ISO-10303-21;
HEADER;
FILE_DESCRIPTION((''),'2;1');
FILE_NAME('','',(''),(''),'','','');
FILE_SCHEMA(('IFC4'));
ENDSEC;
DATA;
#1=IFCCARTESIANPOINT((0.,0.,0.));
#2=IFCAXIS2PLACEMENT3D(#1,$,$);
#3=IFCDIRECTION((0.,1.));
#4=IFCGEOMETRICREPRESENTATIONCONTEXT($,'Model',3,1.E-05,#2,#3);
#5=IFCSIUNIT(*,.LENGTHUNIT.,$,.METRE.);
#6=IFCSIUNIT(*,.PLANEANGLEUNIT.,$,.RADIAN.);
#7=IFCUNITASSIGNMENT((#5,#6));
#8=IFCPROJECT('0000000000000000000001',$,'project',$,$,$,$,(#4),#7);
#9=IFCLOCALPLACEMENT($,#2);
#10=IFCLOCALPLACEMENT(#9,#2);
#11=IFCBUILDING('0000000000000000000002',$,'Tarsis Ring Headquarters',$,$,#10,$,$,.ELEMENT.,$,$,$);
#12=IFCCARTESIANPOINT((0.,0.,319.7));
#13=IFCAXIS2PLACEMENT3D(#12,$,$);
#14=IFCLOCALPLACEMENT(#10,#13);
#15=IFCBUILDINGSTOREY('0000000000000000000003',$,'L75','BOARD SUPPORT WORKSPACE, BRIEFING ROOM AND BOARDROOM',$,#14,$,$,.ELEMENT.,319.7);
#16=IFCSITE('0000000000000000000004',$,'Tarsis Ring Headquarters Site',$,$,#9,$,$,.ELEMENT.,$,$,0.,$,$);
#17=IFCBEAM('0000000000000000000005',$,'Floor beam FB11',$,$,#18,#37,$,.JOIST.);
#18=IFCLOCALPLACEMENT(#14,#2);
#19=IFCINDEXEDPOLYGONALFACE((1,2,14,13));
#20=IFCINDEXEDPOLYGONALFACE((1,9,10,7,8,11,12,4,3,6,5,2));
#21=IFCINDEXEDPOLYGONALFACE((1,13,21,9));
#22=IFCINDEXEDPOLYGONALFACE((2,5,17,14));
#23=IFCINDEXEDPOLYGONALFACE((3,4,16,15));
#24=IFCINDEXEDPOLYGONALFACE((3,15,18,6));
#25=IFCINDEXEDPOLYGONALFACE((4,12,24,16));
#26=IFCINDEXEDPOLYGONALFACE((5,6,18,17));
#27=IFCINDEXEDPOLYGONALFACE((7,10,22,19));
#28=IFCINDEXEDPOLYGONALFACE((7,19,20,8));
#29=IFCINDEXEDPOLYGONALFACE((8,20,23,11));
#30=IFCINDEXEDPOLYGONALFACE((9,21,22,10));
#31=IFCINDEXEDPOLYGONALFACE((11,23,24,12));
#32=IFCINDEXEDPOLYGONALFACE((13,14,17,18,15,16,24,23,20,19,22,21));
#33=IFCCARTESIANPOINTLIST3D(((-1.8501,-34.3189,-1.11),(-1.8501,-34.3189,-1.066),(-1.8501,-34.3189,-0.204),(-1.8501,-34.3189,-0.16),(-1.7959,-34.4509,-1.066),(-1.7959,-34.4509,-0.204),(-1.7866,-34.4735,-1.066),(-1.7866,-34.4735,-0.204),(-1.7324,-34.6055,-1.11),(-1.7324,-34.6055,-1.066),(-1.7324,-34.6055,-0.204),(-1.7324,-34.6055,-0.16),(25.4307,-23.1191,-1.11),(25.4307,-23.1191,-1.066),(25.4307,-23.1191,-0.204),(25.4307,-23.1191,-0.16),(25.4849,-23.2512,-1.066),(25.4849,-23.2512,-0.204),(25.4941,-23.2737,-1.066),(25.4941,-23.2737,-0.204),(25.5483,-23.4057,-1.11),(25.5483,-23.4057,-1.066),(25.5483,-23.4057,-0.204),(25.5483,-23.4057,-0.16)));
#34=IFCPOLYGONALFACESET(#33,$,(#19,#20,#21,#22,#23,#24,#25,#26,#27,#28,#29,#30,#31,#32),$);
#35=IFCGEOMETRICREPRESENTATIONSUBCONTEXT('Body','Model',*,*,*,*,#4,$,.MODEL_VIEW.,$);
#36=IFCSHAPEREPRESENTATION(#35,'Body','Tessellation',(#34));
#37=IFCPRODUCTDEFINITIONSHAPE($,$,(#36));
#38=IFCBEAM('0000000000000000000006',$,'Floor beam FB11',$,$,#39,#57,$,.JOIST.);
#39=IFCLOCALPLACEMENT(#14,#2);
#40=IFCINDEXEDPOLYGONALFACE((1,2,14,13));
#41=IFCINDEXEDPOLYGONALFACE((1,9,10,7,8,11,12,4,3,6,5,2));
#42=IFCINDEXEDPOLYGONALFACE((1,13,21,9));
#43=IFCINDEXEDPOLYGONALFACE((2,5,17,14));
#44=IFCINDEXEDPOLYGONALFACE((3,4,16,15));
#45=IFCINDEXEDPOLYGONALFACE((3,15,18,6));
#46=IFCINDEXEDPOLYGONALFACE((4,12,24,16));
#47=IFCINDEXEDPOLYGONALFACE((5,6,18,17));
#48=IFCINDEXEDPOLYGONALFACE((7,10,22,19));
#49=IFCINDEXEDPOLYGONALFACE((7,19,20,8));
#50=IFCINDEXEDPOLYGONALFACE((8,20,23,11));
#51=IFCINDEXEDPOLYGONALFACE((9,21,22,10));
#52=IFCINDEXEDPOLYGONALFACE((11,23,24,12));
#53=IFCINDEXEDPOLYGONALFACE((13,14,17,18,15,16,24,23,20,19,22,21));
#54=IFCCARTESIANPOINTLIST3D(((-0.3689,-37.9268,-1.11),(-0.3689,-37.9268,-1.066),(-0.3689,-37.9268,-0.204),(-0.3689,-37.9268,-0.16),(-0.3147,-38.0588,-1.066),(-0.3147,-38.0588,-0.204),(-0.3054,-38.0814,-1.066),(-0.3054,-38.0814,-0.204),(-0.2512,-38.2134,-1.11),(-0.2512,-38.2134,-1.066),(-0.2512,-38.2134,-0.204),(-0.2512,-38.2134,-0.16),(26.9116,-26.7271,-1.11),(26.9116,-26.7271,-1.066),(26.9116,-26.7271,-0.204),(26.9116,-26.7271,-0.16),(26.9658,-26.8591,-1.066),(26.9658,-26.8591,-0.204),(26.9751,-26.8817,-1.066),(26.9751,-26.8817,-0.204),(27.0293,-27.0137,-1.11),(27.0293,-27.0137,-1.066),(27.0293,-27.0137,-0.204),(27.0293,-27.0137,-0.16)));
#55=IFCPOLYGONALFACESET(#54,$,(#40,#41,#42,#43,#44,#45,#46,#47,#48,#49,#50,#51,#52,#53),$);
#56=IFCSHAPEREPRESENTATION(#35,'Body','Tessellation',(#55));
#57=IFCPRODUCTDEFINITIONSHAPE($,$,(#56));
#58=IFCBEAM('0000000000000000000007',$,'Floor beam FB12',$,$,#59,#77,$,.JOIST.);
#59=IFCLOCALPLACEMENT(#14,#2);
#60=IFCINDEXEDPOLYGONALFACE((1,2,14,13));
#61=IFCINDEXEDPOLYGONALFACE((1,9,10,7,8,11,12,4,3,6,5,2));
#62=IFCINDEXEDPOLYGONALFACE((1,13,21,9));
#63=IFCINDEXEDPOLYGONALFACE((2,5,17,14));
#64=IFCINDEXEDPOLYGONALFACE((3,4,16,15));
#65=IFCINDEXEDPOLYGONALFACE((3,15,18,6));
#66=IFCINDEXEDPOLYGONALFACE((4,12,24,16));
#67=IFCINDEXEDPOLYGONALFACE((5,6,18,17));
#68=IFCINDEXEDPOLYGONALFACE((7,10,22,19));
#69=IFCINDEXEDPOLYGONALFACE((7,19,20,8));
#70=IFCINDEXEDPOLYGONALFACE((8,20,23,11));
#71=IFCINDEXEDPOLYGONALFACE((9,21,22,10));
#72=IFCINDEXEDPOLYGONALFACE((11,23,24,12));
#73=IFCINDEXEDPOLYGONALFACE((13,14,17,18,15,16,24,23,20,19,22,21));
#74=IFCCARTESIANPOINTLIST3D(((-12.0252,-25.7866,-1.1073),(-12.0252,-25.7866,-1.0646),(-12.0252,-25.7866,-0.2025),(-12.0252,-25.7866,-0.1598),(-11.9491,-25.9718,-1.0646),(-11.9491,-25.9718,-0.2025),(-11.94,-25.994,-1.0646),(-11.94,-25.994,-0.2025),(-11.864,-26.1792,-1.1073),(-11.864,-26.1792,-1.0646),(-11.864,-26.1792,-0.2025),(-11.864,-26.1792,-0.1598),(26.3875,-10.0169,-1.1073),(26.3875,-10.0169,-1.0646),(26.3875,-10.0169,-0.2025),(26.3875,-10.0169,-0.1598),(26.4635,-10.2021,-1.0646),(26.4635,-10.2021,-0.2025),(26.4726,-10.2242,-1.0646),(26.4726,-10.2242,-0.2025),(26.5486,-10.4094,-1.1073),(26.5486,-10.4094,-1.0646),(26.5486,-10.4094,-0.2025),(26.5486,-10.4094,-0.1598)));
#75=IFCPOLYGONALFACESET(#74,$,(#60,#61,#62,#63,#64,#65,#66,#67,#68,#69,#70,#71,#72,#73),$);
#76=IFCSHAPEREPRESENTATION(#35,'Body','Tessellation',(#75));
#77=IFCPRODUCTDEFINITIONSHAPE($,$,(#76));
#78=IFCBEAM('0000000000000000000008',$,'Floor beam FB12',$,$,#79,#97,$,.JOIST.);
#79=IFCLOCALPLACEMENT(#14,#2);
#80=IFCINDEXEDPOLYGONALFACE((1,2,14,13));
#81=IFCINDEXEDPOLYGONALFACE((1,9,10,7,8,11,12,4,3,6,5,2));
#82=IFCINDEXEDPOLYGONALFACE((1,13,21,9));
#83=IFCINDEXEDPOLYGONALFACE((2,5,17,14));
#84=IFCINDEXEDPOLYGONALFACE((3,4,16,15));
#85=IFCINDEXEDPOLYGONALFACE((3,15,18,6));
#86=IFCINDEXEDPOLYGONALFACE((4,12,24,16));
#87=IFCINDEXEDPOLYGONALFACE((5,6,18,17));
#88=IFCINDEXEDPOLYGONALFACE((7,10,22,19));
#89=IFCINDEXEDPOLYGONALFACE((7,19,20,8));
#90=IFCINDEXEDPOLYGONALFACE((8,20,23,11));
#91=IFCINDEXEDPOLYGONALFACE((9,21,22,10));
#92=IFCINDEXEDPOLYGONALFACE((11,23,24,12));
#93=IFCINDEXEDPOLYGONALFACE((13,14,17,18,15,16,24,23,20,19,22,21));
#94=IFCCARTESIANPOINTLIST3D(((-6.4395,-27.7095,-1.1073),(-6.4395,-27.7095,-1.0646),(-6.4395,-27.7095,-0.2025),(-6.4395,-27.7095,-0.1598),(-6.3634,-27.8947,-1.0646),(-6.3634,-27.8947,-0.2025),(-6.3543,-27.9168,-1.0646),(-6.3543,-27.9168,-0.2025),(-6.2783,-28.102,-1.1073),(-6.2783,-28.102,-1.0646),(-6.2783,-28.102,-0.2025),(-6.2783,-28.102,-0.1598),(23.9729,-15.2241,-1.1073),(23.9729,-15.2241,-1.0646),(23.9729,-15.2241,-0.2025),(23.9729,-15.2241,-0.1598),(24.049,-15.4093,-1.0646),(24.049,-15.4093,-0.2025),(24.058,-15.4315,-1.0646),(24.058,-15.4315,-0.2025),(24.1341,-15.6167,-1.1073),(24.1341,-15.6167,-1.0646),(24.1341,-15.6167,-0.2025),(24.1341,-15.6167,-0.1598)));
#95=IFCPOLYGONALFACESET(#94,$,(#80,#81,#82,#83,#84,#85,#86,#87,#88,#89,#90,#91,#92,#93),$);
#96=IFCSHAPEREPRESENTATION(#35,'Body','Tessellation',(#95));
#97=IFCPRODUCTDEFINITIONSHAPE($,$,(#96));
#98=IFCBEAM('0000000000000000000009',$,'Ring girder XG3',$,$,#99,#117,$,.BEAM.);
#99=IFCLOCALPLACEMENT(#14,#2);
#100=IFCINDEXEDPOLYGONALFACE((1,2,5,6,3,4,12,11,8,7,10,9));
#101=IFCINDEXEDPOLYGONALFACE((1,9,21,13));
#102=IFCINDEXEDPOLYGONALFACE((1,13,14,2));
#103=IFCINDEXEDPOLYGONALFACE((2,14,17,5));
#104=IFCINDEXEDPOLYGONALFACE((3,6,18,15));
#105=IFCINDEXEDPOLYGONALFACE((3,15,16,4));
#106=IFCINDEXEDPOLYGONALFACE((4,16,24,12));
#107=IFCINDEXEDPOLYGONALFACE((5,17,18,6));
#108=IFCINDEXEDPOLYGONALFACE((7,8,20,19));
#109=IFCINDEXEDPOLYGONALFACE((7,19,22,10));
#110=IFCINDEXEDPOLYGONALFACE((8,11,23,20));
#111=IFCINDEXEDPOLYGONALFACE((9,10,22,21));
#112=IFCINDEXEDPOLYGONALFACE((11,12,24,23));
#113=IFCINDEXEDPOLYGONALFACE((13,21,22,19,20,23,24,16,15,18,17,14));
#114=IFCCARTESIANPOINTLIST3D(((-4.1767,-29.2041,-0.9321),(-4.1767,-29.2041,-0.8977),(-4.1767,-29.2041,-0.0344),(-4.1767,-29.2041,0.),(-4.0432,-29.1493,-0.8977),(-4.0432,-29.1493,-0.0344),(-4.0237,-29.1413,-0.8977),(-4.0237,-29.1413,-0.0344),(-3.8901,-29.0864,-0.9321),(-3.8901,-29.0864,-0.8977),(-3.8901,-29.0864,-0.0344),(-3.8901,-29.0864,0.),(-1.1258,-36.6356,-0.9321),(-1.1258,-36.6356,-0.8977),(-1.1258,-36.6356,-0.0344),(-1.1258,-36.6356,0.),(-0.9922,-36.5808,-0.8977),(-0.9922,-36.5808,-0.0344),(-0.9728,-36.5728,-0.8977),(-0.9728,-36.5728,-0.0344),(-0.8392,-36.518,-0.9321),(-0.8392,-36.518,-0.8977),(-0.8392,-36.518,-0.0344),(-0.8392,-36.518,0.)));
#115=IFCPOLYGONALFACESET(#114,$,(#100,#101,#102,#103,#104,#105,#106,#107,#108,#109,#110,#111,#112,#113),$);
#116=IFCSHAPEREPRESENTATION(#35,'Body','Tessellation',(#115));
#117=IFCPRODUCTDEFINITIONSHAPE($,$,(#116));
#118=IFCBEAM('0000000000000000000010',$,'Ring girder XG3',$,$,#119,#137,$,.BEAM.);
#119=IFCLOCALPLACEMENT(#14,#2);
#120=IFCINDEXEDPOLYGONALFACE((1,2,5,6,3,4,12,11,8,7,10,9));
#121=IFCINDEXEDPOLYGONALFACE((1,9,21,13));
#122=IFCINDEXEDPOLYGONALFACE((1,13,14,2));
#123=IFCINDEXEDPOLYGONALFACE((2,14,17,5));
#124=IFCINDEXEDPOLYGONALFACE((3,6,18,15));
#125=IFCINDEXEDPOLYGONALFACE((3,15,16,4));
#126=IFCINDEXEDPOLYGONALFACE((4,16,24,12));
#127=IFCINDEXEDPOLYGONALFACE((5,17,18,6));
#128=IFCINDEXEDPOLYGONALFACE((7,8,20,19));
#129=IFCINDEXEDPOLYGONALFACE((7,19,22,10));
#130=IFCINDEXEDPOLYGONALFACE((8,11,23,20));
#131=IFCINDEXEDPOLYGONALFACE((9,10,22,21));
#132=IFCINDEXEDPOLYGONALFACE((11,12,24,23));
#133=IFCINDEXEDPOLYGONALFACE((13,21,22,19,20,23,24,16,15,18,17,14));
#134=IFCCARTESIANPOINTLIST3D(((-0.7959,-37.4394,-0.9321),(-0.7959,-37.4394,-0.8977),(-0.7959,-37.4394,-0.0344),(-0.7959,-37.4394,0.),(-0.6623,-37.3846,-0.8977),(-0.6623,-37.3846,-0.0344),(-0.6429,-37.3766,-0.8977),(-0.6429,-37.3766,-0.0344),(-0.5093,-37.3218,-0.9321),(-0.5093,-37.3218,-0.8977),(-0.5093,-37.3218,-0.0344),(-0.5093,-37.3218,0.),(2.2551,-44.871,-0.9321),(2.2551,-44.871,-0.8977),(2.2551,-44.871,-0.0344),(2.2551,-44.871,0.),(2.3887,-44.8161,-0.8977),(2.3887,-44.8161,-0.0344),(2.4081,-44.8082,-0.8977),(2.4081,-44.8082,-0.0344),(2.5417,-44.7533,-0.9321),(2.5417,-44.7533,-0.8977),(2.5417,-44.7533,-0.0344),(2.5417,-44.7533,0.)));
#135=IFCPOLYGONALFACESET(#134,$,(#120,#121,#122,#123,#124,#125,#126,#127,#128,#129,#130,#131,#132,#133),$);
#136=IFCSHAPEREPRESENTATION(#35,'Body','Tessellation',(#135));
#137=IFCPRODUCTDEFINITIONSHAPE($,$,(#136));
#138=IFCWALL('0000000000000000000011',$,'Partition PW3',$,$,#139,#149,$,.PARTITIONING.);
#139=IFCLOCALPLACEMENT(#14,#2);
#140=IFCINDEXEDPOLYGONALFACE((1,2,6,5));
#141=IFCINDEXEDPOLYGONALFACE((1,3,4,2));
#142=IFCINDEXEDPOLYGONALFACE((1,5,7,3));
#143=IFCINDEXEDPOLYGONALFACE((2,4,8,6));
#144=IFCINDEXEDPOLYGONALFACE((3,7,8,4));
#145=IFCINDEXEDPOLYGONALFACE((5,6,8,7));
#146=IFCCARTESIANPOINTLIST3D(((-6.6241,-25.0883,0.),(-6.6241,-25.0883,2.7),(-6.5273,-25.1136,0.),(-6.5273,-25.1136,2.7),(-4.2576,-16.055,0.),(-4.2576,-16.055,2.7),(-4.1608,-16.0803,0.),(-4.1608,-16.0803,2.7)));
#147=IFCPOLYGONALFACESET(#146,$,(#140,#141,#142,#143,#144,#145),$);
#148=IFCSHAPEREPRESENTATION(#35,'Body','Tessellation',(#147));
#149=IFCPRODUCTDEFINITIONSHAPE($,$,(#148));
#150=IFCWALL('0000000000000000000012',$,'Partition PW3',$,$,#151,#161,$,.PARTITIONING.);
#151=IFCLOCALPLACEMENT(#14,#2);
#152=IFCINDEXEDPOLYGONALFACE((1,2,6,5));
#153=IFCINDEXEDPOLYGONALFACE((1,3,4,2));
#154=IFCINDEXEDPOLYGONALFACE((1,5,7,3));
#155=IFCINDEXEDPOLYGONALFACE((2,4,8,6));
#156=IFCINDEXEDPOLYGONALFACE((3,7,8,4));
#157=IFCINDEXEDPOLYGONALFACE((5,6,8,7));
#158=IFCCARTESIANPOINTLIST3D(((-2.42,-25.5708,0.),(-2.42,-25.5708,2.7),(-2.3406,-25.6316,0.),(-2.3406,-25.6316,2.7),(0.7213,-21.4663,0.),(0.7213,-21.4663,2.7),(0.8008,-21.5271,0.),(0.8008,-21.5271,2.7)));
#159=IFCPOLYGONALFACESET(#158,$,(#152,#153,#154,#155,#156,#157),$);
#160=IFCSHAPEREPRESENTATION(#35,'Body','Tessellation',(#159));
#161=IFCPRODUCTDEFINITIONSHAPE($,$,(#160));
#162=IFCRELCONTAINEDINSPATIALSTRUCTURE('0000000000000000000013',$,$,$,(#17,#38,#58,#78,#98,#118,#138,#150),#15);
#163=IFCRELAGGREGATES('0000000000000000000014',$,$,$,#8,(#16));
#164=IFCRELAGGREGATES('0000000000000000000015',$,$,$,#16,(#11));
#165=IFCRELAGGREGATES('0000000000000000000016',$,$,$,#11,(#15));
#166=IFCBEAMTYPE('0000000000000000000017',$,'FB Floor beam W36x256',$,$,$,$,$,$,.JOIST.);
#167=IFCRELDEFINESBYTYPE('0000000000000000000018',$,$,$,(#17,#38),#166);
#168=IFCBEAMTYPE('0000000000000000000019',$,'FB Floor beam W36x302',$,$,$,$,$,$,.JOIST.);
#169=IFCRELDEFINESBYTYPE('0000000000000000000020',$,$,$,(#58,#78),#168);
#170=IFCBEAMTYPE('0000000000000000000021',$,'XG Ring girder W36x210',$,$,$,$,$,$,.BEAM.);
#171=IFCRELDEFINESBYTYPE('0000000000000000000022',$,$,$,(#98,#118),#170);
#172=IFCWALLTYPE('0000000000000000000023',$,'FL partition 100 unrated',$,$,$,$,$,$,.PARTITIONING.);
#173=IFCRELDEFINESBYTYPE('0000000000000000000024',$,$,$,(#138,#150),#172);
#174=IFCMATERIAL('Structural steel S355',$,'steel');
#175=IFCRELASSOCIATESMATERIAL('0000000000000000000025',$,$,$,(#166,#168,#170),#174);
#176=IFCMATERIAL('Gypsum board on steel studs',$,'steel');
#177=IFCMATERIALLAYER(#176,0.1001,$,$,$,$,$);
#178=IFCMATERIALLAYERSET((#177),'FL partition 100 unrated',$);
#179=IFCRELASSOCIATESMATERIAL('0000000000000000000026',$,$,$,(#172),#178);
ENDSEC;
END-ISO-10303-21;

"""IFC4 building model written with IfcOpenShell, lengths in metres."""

from ifc_helpers import new_model, si_unit, direction, frame, frame_2d, origin, origin_2d, place, context, subcontext, project, spatial, rectangle, i_section, extrude, material, layer, layer_set, material_profile, profile_set, type_object, element, save


model = new_model("IFC4")

# Units and contexts
model_context = context("Model", 3, precision=1e-05, world=origin(), true_north=direction((0.0, 1.0)))
body_context = subcontext(model_context, "Body", "Model", "MODEL_VIEW")
ifc_project = project(units=[si_unit("LENGTHUNIT", "METRE"), si_unit("PLANEANGLEUNIT", "RADIAN")], contexts=[model_context])

# Site, building, storey
site_placement = place(None, origin())
site = spatial("IfcSite", under=ifc_project, at=site_placement, Name="Tarsis Ring Headquarters Site", CompositionType="ELEMENT", RefElevation=0.0)
building_placement = place(site_placement, origin())
building = spatial("IfcBuilding", under=site, at=building_placement, Name="Tarsis Ring Headquarters", CompositionType="ELEMENT")
storey_placement = place(building_placement, frame((0.0, 0.0, 319.7)))
storey = spatial("IfcBuildingStorey", under=building, at=storey_placement, Name="L75", Description="BOARD SUPPORT WORKSPACE, BRIEFING ROOM AND BOARDROOM", CompositionType="ELEMENT", Elevation=319.7)

# Shared definitions
ifc_material_1 = material(Name="Structural steel S355", Category="steel")

# Beams
ifc_material_profile_1 = material_profile(ifc_material_1, i_section(OverallWidth=0.3098, OverallDepth=0.95, WebThickness=0.0244, FlangeThickness=0.0439, at=origin_2d()), Name="W36x256")
ifc_profile_set_1 = profile_set([ifc_material_profile_1], Name="Structural steel S355")
beam_type_1 = type_object("IfcBeamType", Name="FB Floor beam W36x256", PredefinedType="JOIST", material=ifc_profile_set_1)
for number, where, z_axis, x_axis, name in (
    (1, (-1.7913, -34.4622, -0.635), (0.925078, 0.379777, 0.0), (-0.379777, 0.925078, 0.0), "Floor beam FB11"),
):
    element("IfcBeam", number, at=place(storey_placement, frame(where, z_axis=z_axis, x_axis=x_axis)), inside=storey, type_object=beam_type_1, Name=name, PredefinedType="JOIST", context=body_context, shape_type="SweptSolid", body=[
        extrude(i_section(OverallWidth=0.3098, OverallDepth=0.95, WebThickness=0.0244, FlangeThickness=0.0439, at=origin_2d()), origin(), (0.0, 0.0, 1.0), 29.4902),
    ])
beam_1_placement = place(storey_placement, frame((-0.3101, -38.0701, -0.635), z_axis=(0.925077, 0.37978, 0.0), x_axis=(-0.37978, 0.925077, 0.0)))
element("IfcBeam", 2, at=beam_1_placement, inside=storey, type_object=beam_type_1, Name="Floor beam FB11", PredefinedType="JOIST", context=body_context, shape_type="SweptSolid", body=[
    extrude(i_section(OverallWidth=0.3098, OverallDepth=0.95, WebThickness=0.0244, FlangeThickness=0.0439, at=origin_2d()), origin(), (0.0, 0.0, 1.0), 29.49),
])
ifc_material_profile_2 = material_profile(ifc_material_1, i_section(OverallWidth=0.4243, OverallDepth=0.9475, WebThickness=0.0239, FlangeThickness=0.0427, at=origin_2d()), Name="W36x302")
ifc_profile_set_2 = profile_set([ifc_material_profile_2], Name="Structural steel S355")
beam_type_2 = type_object("IfcBeamType", Name="FB Floor beam W36x302", PredefinedType="JOIST", material=ifc_profile_set_2)
beam_2_placement = place(storey_placement, frame((-11.9446, -25.9829, -0.6335), z_axis=(0.925078, 0.379778, 0.0), x_axis=(-0.379778, 0.925078, 0.0)))
element("IfcBeam", 3, at=beam_2_placement, inside=storey, type_object=beam_type_2, Name="Floor beam FB12", PredefinedType="JOIST", context=body_context, shape_type="SweptSolid", body=[
    extrude(i_section(OverallWidth=0.4243, OverallDepth=0.9475, WebThickness=0.0239, FlangeThickness=0.0427, at=origin_2d()), origin(), (0.0, 0.0, 1.0), 41.5237),
])
beam_3_placement = place(storey_placement, frame((-6.3589, -27.9058, -0.6335), z_axis=(0.925078, 0.379777, 0.0), x_axis=(-0.379777, 0.925078, 0.0)))
element("IfcBeam", 4, at=beam_3_placement, inside=storey, type_object=beam_type_2, Name="Floor beam FB12", PredefinedType="JOIST", context=body_context, shape_type="SweptSolid", body=[
    extrude(i_section(OverallWidth=0.4243, OverallDepth=0.9475, WebThickness=0.0239, FlangeThickness=0.0427, at=origin_2d()), origin(), (0.0, 0.0, 1.0), 32.8755),
])
ifc_material_profile_3 = material_profile(ifc_material_1, i_section(OverallWidth=0.3098, OverallDepth=0.9321, WebThickness=0.021, FlangeThickness=0.0344, at=origin_2d()), Name="W36x210")
ifc_profile_set_3 = profile_set([ifc_material_profile_3], Name="Structural steel S355")
beam_type_3 = type_object("IfcBeamType", Name="XG Ring girder W36x210", PredefinedType="BEAM", material=ifc_profile_set_3)
for number, where, z_axis, x_axis, name in (
    (5, (-4.0334, -29.1453, -0.4661), (0.379785, -0.925075, 0.0), (0.925075, 0.379785, 0.0), "Ring girder XG3"),
    (6, (-0.6526, -37.3806, -0.4661), (0.379785, -0.925075, 0.0), (0.925075, 0.379785, 0.0), "Ring girder XG3"),
):
    element("IfcBeam", number, at=place(storey_placement, frame(where, z_axis=z_axis, x_axis=x_axis)), inside=storey, type_object=beam_type_3, Name=name, PredefinedType="BEAM", context=body_context, shape_type="SweptSolid", body=[
        extrude(i_section(OverallWidth=0.3098, OverallDepth=0.9321, WebThickness=0.021, FlangeThickness=0.0344, at=origin_2d()), origin(), (0.0, 0.0, 1.0), 8.0334),
    ])

# Walls
ifc_material_2 = material(Name="Gypsum board on steel studs", Category="steel")
ifc_layer_1 = layer(ifc_material_2, 0.1001)
ifc_layer_set_1 = layer_set([ifc_layer_1], Name="FL partition 100 unrated")
wall_type_1 = type_object("IfcWallType", Name="FL partition 100 unrated", PredefinedType="PARTITIONING", material=ifc_layer_set_1)
wall_1_placement = place(storey_placement, frame((-6.5757, -25.1008, 0.0), z_axis=(0.0, 0.0, 1.0), x_axis=(0.253421, 0.967356, 0.0)))
element("IfcWall", 7, at=wall_1_placement, inside=storey, type_object=wall_type_1, Name="Partition PW3", PredefinedType="PARTITIONING", context=body_context, shape_type="SweptSolid", body=[
    extrude(rectangle(XDim=9.3381, YDim=0.1001, at=frame_2d((4.6689, 0.0))), origin(), (0.0, 0.0, 1.0), 2.7),
])
wall_2_placement = place(storey_placement, frame((-2.3804, -25.6013, 0.0), z_axis=(0.0, 0.0, 1.0), x_axis=(0.607771, 0.794112, 0.0)))
element("IfcWall", 8, at=wall_2_placement, inside=storey, type_object=wall_type_1, Name="Partition PW3", PredefinedType="PARTITIONING", context=body_context, shape_type="SweptSolid", body=[
    extrude(rectangle(XDim=5.1687, YDim=0.1001, at=frame_2d((2.5845, 0.0))), origin(), (0.0, 0.0, 1.0), 2.7),
])

save(model, "model.ifc")
